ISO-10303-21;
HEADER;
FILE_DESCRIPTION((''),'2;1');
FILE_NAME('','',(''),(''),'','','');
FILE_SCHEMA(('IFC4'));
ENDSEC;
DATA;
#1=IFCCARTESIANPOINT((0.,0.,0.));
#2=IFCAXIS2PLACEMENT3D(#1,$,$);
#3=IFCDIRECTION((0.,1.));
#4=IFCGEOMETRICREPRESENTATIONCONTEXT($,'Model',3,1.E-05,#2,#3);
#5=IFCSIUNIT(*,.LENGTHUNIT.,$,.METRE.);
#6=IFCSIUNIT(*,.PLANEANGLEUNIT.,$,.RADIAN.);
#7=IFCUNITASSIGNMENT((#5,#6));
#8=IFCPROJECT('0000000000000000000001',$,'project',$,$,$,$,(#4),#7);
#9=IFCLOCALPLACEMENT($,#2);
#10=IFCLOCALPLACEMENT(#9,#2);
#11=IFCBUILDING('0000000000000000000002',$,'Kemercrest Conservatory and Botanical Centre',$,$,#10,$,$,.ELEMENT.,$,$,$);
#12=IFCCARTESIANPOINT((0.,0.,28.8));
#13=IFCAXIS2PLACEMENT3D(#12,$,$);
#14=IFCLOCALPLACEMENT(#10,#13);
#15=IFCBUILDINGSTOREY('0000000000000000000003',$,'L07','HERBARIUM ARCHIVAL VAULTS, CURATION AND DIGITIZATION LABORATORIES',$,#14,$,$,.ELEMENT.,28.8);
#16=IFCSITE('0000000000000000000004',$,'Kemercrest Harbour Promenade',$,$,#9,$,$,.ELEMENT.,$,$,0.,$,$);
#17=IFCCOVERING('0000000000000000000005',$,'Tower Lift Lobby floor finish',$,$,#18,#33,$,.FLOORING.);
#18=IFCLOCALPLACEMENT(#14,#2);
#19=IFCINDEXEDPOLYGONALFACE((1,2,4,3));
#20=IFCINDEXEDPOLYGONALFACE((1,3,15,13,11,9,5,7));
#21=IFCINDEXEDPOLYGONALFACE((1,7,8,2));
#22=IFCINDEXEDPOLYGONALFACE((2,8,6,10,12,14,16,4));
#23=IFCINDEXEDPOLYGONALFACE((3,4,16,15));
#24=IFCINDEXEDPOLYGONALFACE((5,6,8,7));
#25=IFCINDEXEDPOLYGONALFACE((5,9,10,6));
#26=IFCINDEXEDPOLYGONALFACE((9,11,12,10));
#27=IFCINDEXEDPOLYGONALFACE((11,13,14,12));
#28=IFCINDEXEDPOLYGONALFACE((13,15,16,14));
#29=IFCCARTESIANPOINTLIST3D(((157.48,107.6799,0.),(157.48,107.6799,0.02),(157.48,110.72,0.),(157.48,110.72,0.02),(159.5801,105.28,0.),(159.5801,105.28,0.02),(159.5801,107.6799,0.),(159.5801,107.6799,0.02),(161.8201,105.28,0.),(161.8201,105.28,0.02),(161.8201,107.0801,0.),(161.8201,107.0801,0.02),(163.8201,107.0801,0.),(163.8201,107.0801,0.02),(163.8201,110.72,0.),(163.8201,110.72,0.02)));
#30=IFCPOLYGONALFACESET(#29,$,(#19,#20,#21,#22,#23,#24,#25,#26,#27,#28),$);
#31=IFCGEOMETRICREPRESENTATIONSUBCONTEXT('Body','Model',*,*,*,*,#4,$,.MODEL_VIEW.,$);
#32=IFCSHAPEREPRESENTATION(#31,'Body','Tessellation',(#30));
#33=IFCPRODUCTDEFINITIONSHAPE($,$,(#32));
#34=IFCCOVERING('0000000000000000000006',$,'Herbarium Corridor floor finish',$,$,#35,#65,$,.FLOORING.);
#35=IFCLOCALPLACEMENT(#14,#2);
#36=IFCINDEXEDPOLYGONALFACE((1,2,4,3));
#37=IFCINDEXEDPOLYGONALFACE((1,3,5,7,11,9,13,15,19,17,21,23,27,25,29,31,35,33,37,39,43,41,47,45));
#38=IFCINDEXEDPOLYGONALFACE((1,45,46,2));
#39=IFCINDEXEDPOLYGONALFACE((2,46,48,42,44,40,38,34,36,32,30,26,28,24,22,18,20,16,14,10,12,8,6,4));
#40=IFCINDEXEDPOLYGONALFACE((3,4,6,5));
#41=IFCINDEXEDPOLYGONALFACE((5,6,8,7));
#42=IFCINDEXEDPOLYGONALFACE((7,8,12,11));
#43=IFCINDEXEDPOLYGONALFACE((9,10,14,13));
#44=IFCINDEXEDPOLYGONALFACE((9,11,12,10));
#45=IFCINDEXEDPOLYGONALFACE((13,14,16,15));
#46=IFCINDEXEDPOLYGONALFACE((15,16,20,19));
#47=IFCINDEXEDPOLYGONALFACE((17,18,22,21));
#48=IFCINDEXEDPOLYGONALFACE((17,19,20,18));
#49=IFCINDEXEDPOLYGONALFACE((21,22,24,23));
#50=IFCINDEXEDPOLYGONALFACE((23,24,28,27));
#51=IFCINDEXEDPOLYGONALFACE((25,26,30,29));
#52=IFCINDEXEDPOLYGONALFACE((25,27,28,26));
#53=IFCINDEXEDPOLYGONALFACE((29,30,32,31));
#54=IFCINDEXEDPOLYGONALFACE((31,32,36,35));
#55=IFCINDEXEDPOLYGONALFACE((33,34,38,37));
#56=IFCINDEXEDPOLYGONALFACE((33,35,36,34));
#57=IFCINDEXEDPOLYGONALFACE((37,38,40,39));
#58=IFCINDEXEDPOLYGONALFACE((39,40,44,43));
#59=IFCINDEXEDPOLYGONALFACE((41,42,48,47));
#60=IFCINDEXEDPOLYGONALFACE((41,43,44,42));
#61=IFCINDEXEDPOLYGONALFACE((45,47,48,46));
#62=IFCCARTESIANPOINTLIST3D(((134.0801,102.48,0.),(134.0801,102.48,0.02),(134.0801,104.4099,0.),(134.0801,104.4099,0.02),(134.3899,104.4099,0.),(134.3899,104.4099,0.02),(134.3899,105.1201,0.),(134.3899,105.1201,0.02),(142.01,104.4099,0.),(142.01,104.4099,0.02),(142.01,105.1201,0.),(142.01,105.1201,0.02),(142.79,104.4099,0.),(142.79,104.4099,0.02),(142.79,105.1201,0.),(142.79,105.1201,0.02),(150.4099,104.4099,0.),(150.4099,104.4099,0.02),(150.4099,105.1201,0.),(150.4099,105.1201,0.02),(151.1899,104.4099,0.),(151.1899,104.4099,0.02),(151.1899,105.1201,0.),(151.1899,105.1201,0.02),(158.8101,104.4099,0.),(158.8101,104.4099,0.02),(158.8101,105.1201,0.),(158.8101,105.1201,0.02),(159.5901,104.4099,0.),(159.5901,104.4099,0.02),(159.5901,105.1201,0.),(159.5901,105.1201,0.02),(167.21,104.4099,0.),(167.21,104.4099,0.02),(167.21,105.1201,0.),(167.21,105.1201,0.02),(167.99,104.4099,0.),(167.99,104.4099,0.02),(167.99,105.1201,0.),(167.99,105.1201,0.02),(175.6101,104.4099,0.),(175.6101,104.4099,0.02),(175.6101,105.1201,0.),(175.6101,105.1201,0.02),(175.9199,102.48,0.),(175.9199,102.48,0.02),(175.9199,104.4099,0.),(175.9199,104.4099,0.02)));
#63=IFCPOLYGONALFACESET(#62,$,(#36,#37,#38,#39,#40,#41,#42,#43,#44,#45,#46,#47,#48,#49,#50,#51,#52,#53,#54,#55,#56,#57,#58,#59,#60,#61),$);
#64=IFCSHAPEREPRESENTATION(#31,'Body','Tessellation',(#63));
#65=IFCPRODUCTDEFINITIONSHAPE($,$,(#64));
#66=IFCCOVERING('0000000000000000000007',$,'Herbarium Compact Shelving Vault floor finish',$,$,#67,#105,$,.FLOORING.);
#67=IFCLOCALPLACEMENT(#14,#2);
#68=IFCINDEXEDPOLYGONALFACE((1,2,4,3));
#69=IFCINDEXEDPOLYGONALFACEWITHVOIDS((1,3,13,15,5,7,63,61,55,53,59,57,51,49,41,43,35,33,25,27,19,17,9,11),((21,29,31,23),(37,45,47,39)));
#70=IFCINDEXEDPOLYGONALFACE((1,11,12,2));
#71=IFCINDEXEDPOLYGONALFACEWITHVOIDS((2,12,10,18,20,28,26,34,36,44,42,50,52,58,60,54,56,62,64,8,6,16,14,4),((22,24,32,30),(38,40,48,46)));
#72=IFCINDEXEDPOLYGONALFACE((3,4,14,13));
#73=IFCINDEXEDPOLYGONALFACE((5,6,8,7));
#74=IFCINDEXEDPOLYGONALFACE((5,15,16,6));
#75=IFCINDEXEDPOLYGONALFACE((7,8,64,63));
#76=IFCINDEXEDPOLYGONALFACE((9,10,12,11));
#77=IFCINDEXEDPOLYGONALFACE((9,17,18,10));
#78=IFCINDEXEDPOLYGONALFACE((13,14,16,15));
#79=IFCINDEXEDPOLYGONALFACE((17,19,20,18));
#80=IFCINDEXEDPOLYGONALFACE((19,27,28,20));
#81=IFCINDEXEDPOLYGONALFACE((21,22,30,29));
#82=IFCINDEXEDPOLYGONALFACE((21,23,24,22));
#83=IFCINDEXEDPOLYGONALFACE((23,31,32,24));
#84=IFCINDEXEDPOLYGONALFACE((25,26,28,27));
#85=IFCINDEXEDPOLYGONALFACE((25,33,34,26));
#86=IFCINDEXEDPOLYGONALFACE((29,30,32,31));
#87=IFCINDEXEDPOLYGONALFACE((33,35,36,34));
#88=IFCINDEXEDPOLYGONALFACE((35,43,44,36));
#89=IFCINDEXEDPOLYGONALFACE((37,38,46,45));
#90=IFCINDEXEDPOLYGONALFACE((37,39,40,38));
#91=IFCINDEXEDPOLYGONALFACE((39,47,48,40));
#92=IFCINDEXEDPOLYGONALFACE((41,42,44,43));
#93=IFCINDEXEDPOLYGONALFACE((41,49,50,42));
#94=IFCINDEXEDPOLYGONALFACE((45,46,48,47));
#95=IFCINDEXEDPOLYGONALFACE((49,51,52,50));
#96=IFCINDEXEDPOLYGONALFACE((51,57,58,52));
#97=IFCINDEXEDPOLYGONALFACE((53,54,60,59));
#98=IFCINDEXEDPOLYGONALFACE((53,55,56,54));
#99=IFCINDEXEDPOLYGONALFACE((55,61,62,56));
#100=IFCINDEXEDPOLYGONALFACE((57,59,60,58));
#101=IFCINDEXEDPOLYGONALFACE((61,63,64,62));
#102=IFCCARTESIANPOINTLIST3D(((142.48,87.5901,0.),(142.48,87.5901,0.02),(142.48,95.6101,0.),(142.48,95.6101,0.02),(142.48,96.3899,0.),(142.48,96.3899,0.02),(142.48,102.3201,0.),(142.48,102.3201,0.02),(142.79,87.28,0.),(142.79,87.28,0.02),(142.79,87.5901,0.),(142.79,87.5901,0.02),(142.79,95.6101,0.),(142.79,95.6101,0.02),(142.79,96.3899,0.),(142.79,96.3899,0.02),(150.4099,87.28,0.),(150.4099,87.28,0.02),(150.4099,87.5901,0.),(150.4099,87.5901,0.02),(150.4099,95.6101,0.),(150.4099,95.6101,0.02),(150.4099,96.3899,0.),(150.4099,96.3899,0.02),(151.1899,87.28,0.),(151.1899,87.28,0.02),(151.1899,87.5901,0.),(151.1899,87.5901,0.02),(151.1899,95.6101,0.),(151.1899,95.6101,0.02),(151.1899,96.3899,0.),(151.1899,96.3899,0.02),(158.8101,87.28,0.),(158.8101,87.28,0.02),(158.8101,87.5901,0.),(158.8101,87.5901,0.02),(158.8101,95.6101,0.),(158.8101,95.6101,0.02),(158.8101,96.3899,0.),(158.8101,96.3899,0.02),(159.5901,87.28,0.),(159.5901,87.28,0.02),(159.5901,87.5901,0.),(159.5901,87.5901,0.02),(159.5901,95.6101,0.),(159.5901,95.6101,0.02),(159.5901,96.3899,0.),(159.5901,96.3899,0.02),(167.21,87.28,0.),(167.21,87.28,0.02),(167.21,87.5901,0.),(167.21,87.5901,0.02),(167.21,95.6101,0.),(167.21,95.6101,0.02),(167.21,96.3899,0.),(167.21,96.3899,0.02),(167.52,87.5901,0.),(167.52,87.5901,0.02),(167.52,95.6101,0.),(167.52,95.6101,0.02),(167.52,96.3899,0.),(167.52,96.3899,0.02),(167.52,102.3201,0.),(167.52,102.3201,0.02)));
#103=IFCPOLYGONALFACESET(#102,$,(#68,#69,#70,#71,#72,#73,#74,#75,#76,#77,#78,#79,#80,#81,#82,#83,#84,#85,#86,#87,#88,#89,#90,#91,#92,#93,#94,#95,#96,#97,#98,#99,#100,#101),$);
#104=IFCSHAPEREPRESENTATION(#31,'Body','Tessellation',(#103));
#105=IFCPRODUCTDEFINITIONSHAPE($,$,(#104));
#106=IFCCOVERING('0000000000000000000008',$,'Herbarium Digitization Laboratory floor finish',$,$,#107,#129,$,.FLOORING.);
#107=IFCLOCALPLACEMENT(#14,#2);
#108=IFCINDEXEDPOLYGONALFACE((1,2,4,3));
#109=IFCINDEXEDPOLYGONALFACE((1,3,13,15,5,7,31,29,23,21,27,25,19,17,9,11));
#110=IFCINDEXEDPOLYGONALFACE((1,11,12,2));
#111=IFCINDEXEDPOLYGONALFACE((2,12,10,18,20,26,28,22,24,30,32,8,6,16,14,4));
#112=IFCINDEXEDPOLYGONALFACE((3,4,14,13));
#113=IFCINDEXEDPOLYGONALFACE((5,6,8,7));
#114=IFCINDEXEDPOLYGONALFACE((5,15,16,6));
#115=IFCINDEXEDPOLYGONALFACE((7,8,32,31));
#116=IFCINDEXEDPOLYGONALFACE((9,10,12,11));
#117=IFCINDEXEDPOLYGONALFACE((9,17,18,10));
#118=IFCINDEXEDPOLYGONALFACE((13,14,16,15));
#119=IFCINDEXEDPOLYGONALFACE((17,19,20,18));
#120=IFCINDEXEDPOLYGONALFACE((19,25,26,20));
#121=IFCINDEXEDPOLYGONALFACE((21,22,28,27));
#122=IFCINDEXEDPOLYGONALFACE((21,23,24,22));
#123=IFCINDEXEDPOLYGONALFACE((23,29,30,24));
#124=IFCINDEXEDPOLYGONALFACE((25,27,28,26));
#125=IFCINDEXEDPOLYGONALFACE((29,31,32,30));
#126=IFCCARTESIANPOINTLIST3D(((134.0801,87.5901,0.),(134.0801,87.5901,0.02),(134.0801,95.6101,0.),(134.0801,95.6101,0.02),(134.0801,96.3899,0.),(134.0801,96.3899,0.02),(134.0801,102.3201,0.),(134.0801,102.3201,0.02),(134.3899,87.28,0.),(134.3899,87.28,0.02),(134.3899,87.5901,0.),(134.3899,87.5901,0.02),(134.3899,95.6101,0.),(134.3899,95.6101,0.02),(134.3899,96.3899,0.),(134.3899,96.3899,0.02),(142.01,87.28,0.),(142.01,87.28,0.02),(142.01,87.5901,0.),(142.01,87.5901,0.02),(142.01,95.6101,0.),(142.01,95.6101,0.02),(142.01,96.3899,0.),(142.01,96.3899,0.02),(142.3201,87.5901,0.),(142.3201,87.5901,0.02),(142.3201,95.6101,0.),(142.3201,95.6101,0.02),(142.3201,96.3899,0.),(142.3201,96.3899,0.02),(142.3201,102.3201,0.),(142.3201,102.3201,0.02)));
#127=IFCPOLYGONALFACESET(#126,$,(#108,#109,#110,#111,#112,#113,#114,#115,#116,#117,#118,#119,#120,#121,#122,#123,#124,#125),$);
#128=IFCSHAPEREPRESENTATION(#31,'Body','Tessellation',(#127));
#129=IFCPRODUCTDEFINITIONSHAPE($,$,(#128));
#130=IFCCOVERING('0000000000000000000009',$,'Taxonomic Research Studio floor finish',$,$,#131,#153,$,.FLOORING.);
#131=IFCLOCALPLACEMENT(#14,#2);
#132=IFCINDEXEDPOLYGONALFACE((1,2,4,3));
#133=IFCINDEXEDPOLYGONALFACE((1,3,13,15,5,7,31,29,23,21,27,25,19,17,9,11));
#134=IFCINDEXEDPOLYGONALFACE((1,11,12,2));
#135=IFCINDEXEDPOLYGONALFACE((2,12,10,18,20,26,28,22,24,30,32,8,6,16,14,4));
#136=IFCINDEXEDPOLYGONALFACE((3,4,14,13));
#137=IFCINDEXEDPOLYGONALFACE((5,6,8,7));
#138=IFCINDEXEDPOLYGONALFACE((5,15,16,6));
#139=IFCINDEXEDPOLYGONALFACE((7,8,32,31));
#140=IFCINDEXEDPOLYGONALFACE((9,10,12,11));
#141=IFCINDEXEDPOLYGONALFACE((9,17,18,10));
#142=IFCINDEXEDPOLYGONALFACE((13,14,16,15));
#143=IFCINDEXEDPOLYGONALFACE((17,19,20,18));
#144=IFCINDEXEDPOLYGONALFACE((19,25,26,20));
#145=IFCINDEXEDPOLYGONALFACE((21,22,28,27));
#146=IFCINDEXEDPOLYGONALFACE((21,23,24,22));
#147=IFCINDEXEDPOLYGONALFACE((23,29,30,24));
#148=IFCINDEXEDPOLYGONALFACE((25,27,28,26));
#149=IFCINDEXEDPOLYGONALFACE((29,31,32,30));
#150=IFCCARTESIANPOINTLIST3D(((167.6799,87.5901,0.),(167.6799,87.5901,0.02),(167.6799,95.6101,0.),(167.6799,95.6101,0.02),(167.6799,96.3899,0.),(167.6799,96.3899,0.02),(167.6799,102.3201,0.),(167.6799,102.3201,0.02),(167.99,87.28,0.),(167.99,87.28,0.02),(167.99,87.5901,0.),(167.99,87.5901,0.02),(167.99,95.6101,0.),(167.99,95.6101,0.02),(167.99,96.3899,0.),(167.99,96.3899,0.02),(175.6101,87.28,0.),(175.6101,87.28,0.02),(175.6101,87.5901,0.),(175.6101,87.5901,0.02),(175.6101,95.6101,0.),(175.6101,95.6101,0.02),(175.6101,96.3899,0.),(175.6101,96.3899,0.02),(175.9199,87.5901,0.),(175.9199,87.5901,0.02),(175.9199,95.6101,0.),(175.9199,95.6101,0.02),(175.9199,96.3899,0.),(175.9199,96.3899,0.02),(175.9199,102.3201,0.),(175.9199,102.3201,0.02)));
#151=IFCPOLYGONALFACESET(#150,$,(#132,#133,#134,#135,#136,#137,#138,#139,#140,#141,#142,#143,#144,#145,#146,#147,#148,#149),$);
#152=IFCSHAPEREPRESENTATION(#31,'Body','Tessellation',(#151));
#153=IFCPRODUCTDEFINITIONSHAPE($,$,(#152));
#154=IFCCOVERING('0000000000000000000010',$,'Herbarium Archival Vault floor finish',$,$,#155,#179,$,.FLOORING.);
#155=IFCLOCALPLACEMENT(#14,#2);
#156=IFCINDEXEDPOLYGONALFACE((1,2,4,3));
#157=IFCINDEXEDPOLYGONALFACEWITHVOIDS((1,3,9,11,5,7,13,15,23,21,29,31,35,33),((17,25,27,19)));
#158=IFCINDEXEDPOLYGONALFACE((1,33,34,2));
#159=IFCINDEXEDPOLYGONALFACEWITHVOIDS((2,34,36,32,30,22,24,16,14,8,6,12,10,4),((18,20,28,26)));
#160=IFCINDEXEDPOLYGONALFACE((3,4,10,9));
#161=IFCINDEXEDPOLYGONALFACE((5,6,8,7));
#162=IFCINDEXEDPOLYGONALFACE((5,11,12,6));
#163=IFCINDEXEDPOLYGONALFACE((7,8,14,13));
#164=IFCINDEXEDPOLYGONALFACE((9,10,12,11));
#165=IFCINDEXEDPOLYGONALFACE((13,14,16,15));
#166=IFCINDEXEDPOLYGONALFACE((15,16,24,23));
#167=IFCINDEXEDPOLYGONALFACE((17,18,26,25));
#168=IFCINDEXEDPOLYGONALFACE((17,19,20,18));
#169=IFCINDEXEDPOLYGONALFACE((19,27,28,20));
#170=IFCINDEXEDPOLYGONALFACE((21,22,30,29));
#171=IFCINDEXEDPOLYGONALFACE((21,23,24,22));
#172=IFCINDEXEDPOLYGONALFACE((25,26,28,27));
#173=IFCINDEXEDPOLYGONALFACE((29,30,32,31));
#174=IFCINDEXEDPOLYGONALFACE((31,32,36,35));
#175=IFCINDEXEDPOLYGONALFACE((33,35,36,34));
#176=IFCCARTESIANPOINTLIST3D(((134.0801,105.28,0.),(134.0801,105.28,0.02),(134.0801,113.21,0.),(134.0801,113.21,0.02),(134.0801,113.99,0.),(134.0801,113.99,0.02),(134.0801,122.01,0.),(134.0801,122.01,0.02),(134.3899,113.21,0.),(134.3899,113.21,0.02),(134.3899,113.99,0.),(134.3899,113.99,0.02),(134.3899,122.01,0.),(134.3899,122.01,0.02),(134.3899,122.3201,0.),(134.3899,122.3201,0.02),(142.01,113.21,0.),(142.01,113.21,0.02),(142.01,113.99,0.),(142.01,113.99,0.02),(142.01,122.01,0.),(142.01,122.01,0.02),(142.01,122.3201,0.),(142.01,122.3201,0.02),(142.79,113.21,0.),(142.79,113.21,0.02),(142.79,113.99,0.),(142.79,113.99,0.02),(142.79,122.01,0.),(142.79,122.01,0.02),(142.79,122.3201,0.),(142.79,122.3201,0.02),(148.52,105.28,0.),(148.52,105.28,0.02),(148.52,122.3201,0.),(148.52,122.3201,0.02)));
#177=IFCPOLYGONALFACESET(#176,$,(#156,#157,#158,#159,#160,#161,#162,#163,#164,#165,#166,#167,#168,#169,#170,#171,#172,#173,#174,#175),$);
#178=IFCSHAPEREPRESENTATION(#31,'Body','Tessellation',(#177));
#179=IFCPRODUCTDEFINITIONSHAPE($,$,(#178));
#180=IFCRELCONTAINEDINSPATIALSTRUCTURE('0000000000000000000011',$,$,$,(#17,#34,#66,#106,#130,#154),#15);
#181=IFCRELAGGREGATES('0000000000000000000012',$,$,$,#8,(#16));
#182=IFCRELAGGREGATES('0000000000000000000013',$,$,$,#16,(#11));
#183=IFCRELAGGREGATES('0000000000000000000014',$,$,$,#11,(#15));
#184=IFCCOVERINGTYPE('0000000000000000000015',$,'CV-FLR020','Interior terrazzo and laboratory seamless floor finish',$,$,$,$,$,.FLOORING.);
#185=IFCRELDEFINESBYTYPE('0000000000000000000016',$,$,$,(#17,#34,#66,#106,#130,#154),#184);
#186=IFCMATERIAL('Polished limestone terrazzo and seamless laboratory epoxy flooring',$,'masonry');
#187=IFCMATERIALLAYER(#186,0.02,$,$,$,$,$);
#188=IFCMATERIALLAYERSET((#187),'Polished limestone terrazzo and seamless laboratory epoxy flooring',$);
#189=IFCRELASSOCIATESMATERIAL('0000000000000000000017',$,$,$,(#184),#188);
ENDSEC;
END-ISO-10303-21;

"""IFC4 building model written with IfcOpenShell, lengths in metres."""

from ifc_helpers import new_model, si_unit, direction, frame, origin, place, context, subcontext, project, spatial, polyline, outline, extrude, material, layer, layer_set, type_object, element, save


model = new_model("IFC4")

# Units and contexts
model_context = context("Model", 3, precision=1e-05, world=origin(), true_north=direction((0.0, 1.0)))
body_context = subcontext(model_context, "Body", "Model", "MODEL_VIEW")
ifc_project = project(units=[si_unit("LENGTHUNIT", "METRE"), si_unit("PLANEANGLEUNIT", "RADIAN")], contexts=[model_context])

# Site, building, storey
site_placement = place(None, origin())
site = spatial("IfcSite", under=ifc_project, at=site_placement, Name="Kemercrest Harbour Promenade", CompositionType="ELEMENT", RefElevation=0.0)
building_placement = place(site_placement, origin())
building = spatial("IfcBuilding", under=site, at=building_placement, Name="Kemercrest Conservatory and Botanical Centre", CompositionType="ELEMENT")
storey_placement = place(building_placement, frame((0.0, 0.0, 28.8)))
storey = spatial("IfcBuildingStorey", under=building, at=storey_placement, Name="L07", Description="HERBARIUM ARCHIVAL VAULTS, CURATION AND DIGITIZATION LABORATORIES", CompositionType="ELEMENT", Elevation=28.8)

# Coverings
ifc_material_1 = material(Name="Polished limestone terrazzo and seamless laboratory epoxy flooring", Category="masonry")
ifc_layer_1 = layer(ifc_material_1, 0.02)
ifc_layer_set_1 = layer_set([ifc_layer_1], Name="Polished limestone terrazzo and seamless laboratory epoxy flooring")
covering_type_1 = type_object("IfcCoveringType", Name="CV-FLR020", Description="Interior terrazzo and laboratory seamless floor finish", PredefinedType="FLOORING", material=ifc_layer_set_1)
covering_1_placement = place(storey_placement, origin())
element("IfcCovering", 1, at=covering_1_placement, inside=storey, type_object=covering_type_1, Name="Tower Lift Lobby floor finish", PredefinedType="FLOORING", context=body_context, shape_type="SweptSolid", body=[
    extrude(outline(polyline([(159.5801, 107.6799), (159.5801, 105.28), (161.8201, 105.28), (161.8201, 107.0801), (163.8201, 107.0801), (163.8201, 110.72), (157.48, 110.72), (157.48, 107.6799), (159.5801, 107.6799)])), origin(), (0.0, 0.0, 1.0), 0.02),
])
covering_2_placement = place(storey_placement, origin())
element("IfcCovering", 2, at=covering_2_placement, inside=storey, type_object=covering_type_1, Name="Herbarium Corridor floor finish", PredefinedType="FLOORING", context=body_context, shape_type="SweptSolid", body=[
    extrude(outline(polyline([(134.0801, 102.48), (175.9199, 102.48), (175.9199, 104.4099), (175.6101, 104.4099), (175.6101, 105.1201), (167.99, 105.1201), (167.99, 104.4099), (167.21, 104.4099), (167.21, 105.1201), (159.5901, 105.1201), (159.5901, 104.4099), (158.8101, 104.4099), (158.8101, 105.1201), (151.1899, 105.1201), (151.1899, 104.4099), (150.4099, 104.4099), (150.4099, 105.1201), (142.79, 105.1201), (142.79, 104.4099), (142.01, 104.4099), (142.01, 105.1201), (134.3899, 105.1201), (134.3899, 104.4099), (134.0801, 104.4099), (134.0801, 102.48)])), origin(), (0.0, 0.0, 1.0), 0.02),
])
covering_3_placement = place(storey_placement, origin())
element("IfcCovering", 3, at=covering_3_placement, inside=storey, type_object=covering_type_1, Name="Herbarium Compact Shelving Vault floor finish", PredefinedType="FLOORING", context=body_context, shape_type="SweptSolid", body=[
    extrude(outline(polyline([(158.8101, 87.5901), (159.5901, 87.5901), (159.5901, 87.28), (167.21, 87.28), (167.21, 87.5901), (167.52, 87.5901), (167.52, 95.6101), (167.21, 95.6101), (167.21, 96.3899), (167.52, 96.3899), (167.52, 102.3201), (142.48, 102.3201), (142.48, 96.3899), (142.79, 96.3899), (142.79, 95.6101), (142.48, 95.6101), (142.48, 87.5901), (142.79, 87.5901), (142.79, 87.28), (150.4099, 87.28), (150.4099, 87.5901), (151.1899, 87.5901), (151.1899, 87.28), (158.8101, 87.28), (158.8101, 87.5901)]), holes=[polyline([(158.8101, 96.3899), (159.5901, 96.3899), (159.5901, 95.6101), (158.8101, 95.6101), (158.8101, 96.3899)]), polyline([(150.4099, 96.3899), (151.1899, 96.3899), (151.1899, 95.6101), (150.4099, 95.6101), (150.4099, 96.3899)])]), origin(), (0.0, 0.0, 1.0), 0.02),
])
covering_4_placement = place(storey_placement, origin())
element("IfcCovering", 4, at=covering_4_placement, inside=storey, type_object=covering_type_1, Name="Herbarium Digitization Laboratory floor finish", PredefinedType="FLOORING", context=body_context, shape_type="SweptSolid", body=[
    extrude(outline(polyline([(134.3899, 87.28), (142.01, 87.28), (142.01, 87.5901), (142.3201, 87.5901), (142.3201, 95.6101), (142.01, 95.6101), (142.01, 96.3899), (142.3201, 96.3899), (142.3201, 102.3201), (134.0801, 102.3201), (134.0801, 96.3899), (134.3899, 96.3899), (134.3899, 95.6101), (134.0801, 95.6101), (134.0801, 87.5901), (134.3899, 87.5901), (134.3899, 87.28)])), origin(), (0.0, 0.0, 1.0), 0.02),
])
covering_5_placement = place(storey_placement, origin())
element("IfcCovering", 5, at=covering_5_placement, inside=storey, type_object=covering_type_1, Name="Taxonomic Research Studio floor finish", PredefinedType="FLOORING", context=body_context, shape_type="SweptSolid", body=[
    extrude(outline(polyline([(167.99, 87.28), (175.6101, 87.28), (175.6101, 87.5901), (175.9199, 87.5901), (175.9199, 95.6101), (175.6101, 95.6101), (175.6101, 96.3899), (175.9199, 96.3899), (175.9199, 102.3201), (167.6799, 102.3201), (167.6799, 96.3899), (167.99, 96.3899), (167.99, 95.6101), (167.6799, 95.6101), (167.6799, 87.5901), (167.99, 87.5901), (167.99, 87.28)])), origin(), (0.0, 0.0, 1.0), 0.02),
])
covering_6_placement = place(storey_placement, origin())
element("IfcCovering", 6, at=covering_6_placement, inside=storey, type_object=covering_type_1, Name="Herbarium Archival Vault floor finish", PredefinedType="FLOORING", context=body_context, shape_type="SweptSolid", body=[
    extrude(outline(polyline([(134.3899, 113.21), (134.0801, 113.21), (134.0801, 105.28), (148.52, 105.28), (148.52, 122.3201), (142.79, 122.3201), (142.79, 122.01), (142.01, 122.01), (142.01, 122.3201), (134.3899, 122.3201), (134.3899, 122.01), (134.0801, 122.01), (134.0801, 113.99), (134.3899, 113.99), (134.3899, 113.21)]), holes=[polyline([(142.01, 113.99), (142.79, 113.99), (142.79, 113.21), (142.01, 113.21), (142.01, 113.99)])]), origin(), (0.0, 0.0, 1.0), 0.02),
])

save(model, "model.ifc")
